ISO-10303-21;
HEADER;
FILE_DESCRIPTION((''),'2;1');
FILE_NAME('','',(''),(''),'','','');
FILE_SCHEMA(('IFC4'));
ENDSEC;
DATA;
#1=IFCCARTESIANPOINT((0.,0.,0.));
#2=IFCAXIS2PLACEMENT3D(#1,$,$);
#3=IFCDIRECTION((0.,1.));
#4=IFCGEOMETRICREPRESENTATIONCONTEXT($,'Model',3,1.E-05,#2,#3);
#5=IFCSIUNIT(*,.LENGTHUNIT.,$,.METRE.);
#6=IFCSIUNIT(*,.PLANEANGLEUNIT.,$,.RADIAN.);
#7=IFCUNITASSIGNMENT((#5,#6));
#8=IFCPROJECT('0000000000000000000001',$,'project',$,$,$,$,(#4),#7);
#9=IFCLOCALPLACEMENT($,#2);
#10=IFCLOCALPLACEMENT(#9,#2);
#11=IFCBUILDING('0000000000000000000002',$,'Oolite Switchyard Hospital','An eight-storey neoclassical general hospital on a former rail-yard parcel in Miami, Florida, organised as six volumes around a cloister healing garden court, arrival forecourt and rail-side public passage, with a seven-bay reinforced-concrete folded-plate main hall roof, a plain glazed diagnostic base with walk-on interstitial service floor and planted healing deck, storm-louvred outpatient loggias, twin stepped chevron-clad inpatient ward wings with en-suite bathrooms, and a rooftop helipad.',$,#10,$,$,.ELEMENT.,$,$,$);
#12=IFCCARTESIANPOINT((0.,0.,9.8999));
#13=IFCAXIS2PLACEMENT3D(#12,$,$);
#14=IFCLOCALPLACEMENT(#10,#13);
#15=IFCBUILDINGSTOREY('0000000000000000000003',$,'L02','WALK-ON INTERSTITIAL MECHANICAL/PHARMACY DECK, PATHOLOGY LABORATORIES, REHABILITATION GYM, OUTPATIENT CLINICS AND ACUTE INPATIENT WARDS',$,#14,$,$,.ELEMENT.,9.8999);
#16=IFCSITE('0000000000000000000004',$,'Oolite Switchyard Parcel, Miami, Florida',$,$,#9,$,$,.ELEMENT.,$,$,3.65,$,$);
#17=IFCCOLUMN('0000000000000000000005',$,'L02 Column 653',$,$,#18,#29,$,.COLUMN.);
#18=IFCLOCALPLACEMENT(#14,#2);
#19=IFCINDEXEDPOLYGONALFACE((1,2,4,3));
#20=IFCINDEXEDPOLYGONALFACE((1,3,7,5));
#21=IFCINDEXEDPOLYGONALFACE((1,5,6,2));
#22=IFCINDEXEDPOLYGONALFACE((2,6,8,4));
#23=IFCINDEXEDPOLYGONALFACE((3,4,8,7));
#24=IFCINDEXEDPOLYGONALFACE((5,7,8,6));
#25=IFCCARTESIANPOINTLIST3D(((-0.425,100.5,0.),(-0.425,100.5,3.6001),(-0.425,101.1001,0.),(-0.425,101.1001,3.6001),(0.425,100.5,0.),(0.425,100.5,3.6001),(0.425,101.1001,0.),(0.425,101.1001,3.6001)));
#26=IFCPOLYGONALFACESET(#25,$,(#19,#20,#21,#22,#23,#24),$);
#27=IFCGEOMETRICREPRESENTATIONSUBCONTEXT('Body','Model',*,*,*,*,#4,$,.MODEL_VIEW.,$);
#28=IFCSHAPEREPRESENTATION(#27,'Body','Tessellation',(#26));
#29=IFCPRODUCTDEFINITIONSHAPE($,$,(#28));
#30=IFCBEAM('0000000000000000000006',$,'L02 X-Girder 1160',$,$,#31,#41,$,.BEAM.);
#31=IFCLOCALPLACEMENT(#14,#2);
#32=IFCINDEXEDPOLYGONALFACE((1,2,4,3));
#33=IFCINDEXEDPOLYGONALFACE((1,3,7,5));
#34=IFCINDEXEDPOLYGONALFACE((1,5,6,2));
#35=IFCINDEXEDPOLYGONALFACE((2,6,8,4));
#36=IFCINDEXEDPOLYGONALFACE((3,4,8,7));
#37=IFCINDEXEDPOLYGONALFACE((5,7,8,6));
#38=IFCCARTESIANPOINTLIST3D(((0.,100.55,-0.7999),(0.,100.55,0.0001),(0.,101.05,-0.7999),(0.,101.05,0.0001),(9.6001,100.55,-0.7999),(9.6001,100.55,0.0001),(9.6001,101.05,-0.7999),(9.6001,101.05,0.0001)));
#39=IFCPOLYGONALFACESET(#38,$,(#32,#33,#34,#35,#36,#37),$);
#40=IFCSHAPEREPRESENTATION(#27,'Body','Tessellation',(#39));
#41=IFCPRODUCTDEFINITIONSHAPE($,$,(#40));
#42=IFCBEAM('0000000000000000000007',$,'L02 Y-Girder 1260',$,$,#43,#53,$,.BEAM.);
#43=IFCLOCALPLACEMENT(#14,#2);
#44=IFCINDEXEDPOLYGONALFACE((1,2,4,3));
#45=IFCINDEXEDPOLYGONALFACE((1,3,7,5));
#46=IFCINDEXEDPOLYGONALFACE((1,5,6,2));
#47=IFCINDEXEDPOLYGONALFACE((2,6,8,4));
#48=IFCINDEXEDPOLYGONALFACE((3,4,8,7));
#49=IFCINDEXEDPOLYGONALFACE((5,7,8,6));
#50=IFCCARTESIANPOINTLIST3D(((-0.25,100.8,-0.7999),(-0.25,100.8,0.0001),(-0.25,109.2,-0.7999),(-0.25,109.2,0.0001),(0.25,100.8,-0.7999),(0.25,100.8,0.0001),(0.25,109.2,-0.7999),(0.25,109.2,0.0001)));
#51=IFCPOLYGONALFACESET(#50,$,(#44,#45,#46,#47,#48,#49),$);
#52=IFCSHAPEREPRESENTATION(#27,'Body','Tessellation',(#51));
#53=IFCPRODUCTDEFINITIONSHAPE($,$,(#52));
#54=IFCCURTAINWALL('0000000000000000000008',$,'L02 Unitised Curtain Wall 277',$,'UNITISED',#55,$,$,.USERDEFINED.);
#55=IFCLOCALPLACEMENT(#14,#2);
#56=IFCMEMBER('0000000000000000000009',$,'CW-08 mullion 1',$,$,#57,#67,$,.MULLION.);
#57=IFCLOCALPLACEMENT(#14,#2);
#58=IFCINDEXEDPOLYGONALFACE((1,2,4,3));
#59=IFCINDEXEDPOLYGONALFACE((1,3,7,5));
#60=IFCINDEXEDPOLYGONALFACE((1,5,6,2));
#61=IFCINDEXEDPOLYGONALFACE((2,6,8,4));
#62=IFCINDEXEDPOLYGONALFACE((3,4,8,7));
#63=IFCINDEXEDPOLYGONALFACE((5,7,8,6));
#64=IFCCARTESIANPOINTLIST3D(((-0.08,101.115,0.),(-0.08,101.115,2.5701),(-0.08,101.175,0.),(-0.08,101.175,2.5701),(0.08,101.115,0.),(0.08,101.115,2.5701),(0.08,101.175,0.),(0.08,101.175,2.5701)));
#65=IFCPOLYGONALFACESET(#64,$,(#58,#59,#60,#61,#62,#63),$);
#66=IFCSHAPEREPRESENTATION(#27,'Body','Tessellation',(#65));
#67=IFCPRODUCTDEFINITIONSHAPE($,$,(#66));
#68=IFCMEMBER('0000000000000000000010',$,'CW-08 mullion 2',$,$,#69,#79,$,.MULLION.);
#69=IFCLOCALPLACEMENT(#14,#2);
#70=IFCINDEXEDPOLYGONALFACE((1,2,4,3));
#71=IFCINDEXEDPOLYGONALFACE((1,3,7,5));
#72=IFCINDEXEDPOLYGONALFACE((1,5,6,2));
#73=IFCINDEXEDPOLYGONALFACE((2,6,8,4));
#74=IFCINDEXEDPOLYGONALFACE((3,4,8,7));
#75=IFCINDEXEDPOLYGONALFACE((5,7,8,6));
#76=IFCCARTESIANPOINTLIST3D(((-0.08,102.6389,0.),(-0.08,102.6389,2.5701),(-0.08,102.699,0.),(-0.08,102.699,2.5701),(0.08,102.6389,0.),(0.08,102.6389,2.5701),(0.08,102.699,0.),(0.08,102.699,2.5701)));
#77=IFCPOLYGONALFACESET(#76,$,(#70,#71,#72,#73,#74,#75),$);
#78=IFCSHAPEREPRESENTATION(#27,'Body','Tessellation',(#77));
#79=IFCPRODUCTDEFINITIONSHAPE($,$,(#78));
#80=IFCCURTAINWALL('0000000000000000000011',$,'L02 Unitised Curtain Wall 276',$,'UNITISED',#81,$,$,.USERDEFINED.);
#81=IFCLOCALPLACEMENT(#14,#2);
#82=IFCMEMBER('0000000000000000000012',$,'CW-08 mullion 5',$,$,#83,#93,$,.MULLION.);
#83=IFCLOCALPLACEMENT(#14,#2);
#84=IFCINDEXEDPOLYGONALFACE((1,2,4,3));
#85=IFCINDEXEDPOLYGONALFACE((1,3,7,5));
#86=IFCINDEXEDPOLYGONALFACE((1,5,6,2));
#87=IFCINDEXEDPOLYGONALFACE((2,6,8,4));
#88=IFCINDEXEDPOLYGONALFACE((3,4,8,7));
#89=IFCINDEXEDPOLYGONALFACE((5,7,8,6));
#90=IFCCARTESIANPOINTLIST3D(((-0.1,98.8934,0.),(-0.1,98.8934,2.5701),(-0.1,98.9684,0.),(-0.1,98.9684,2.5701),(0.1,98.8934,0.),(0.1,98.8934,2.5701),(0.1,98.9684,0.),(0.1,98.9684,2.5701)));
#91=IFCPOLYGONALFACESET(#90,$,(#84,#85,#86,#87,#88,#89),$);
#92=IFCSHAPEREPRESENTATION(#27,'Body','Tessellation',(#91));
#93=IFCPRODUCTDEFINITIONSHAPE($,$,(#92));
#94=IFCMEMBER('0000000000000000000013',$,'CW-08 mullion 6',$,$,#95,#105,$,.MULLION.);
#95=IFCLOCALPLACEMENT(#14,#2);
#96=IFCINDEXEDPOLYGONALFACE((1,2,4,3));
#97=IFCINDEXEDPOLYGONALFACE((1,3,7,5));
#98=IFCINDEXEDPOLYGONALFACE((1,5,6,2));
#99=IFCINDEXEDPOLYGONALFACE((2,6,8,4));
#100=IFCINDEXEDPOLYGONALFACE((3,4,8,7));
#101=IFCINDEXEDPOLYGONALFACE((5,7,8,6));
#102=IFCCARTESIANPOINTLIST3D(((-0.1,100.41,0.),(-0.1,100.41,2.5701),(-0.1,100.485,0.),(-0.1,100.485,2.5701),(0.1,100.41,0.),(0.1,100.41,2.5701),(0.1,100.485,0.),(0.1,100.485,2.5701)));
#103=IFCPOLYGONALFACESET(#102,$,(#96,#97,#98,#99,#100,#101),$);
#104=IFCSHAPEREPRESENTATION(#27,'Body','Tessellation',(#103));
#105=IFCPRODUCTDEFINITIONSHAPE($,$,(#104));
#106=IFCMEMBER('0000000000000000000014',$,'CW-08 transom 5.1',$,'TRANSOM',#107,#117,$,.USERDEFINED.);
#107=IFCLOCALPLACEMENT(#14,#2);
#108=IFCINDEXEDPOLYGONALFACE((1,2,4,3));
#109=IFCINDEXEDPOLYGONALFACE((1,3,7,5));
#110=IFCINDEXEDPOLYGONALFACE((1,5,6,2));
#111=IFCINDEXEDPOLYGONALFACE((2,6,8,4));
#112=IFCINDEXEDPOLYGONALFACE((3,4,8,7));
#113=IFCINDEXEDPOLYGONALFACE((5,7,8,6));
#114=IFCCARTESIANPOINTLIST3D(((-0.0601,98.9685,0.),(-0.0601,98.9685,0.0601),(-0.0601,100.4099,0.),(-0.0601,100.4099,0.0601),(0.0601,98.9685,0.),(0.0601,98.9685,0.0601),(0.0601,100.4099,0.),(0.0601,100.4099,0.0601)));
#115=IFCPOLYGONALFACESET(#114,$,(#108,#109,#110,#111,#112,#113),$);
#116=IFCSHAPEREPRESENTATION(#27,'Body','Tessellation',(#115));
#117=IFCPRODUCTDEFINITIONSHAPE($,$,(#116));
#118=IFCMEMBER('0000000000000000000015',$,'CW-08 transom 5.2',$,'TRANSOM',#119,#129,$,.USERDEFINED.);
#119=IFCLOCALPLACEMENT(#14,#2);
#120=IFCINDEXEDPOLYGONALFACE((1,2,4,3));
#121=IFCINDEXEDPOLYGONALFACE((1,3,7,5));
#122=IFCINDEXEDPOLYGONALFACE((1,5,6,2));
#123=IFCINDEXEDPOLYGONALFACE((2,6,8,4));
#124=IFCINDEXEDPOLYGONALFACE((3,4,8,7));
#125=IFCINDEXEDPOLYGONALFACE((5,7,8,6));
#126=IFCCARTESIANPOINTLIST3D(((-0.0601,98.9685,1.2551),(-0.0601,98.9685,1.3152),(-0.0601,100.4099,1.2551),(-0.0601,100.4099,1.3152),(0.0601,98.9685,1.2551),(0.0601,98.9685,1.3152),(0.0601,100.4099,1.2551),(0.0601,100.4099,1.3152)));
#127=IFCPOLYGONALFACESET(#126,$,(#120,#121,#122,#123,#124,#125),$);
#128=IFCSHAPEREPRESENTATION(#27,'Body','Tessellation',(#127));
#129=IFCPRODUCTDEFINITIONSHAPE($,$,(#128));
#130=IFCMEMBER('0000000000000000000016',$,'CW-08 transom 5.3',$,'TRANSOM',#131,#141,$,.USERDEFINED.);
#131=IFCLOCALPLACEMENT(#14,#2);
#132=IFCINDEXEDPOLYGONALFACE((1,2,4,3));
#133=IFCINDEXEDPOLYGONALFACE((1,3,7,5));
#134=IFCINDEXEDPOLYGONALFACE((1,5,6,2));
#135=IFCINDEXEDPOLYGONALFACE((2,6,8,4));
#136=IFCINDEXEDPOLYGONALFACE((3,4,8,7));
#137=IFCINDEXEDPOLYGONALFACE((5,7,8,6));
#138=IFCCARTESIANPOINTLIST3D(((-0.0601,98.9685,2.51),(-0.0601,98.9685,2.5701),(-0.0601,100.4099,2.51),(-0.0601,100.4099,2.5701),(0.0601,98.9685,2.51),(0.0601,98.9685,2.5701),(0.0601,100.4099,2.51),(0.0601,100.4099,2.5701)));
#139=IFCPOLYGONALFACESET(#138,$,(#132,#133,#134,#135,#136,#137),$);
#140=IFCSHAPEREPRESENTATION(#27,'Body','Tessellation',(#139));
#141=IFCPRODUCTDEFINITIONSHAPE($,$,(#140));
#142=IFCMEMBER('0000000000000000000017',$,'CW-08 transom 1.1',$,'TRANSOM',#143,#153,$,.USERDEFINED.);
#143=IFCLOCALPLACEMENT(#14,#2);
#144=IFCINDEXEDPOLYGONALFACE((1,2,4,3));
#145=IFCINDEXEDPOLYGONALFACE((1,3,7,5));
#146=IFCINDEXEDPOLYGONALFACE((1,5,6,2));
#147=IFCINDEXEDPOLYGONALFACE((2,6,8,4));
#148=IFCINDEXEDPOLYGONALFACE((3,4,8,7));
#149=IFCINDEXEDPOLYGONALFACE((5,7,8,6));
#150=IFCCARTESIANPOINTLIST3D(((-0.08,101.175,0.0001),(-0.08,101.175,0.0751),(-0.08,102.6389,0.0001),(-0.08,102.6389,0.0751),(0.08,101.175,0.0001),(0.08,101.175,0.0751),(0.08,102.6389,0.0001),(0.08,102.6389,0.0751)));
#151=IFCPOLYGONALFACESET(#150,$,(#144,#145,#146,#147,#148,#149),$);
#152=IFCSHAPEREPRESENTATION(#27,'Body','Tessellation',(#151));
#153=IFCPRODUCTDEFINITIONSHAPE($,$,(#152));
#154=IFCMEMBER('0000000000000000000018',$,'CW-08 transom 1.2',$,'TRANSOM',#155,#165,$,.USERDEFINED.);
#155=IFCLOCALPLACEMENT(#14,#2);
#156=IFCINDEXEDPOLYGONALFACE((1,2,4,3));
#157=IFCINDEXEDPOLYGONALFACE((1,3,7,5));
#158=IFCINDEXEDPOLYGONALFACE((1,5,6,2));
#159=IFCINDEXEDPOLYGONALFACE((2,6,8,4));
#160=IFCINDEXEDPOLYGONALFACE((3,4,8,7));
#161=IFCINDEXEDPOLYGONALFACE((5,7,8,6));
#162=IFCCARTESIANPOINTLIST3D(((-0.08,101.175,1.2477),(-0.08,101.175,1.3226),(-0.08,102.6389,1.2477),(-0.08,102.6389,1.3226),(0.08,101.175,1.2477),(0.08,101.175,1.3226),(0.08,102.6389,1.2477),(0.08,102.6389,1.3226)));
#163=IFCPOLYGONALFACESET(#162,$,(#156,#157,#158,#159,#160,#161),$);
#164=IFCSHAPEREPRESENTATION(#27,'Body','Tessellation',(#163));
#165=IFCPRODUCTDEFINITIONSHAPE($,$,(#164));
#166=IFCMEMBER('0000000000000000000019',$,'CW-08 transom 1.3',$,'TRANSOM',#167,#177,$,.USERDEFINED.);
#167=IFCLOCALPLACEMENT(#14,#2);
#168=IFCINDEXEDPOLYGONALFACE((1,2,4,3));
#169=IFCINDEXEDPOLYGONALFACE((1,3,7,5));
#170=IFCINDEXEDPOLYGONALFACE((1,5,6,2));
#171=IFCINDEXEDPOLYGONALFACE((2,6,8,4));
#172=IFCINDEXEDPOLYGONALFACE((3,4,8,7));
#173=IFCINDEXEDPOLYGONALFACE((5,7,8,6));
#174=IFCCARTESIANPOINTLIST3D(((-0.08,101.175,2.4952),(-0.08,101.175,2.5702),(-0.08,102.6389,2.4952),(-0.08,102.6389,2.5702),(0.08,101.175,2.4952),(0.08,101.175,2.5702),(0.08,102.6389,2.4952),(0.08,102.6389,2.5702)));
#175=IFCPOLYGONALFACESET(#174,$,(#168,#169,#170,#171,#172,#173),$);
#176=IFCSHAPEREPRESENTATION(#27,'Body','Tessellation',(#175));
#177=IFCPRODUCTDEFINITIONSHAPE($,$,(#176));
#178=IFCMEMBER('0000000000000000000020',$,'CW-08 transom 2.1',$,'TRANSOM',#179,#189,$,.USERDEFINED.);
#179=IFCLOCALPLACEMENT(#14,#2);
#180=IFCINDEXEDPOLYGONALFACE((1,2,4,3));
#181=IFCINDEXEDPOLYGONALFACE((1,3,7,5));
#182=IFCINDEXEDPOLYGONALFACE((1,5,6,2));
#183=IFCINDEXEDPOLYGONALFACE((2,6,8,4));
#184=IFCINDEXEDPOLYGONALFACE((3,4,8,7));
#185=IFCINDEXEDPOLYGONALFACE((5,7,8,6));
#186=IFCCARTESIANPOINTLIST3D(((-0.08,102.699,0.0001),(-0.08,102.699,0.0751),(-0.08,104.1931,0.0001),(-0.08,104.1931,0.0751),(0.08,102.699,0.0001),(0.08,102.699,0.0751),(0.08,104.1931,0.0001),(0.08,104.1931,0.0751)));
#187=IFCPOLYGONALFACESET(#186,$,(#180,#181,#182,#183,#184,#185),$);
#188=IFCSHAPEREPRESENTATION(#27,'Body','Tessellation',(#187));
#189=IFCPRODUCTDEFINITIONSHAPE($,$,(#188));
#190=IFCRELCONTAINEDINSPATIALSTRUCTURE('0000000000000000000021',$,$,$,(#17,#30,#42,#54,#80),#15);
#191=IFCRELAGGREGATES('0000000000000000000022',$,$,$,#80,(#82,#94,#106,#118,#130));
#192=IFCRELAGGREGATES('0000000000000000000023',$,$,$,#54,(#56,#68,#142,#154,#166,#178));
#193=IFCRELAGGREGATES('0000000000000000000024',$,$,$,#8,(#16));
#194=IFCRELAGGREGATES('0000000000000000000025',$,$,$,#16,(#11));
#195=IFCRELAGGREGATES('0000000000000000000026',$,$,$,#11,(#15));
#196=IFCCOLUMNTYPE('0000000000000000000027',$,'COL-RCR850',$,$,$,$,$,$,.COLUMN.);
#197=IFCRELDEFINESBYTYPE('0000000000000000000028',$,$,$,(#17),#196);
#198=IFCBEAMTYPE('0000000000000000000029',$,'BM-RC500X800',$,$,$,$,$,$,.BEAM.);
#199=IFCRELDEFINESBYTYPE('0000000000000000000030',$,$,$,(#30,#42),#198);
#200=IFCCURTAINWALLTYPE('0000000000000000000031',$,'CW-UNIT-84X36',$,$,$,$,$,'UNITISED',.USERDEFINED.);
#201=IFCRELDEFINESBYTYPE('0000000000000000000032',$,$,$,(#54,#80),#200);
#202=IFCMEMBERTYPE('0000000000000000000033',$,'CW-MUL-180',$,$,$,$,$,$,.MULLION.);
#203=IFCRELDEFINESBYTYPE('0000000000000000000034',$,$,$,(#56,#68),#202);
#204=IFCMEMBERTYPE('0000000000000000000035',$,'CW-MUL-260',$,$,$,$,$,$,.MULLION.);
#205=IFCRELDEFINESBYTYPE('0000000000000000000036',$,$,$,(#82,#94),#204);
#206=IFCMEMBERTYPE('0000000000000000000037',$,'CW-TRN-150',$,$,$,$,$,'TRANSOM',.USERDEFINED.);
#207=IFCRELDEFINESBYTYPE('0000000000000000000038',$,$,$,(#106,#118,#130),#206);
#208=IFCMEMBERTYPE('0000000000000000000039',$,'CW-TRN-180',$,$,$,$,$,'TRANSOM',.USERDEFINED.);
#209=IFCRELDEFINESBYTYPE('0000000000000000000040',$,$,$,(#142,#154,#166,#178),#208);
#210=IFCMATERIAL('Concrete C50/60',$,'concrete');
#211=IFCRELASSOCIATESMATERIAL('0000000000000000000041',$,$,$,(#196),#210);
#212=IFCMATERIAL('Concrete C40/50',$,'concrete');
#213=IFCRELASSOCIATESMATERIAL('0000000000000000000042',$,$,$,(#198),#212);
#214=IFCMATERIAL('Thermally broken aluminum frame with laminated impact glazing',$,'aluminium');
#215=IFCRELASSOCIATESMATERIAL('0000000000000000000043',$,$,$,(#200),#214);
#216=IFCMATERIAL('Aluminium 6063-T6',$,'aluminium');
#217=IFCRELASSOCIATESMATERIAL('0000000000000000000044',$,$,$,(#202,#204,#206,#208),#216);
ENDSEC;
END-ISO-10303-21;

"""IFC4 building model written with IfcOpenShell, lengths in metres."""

from ifc_helpers import new_model, si_unit, direction, frame, origin, origin_2d, place, context, subcontext, project, spatial, rectangle, extrude, material, material_profile, profile_set, type_object, element, aggregate, save


model = new_model("IFC4")

# Units and contexts
model_context = context("Model", 3, precision=1e-05, world=origin(), true_north=direction((0.0, 1.0)))
body_context = subcontext(model_context, "Body", "Model", "MODEL_VIEW")
ifc_project = project(units=[si_unit("LENGTHUNIT", "METRE"), si_unit("PLANEANGLEUNIT", "RADIAN")], contexts=[model_context])

# Site, building, storey
site_placement = place(None, origin())
site = spatial("IfcSite", under=ifc_project, at=site_placement, Name="Oolite Switchyard Parcel, Miami, Florida", CompositionType="ELEMENT", RefElevation=3.65)
building_placement = place(site_placement, origin())
building = spatial("IfcBuilding", under=site, at=building_placement, Name="Oolite Switchyard Hospital", Description="An eight-storey neoclassical general hospital on a former rail-yard parcel in Miami, Florida, organised as six volumes around a cloister healing garden court, arrival forecourt and rail-side public passage, with a seven-bay reinforced-concrete folded-plate main hall roof, a plain glazed diagnostic base with walk-on interstitial service floor and planted healing deck, storm-louvred outpatient loggias, twin stepped chevron-clad inpatient ward wings with en-suite bathrooms, and a rooftop helipad.", CompositionType="ELEMENT")
storey_placement = place(building_placement, frame((0.0, 0.0, 9.8999)))
storey = spatial("IfcBuildingStorey", under=building, at=storey_placement, Name="L02", Description="WALK-ON INTERSTITIAL MECHANICAL/PHARMACY DECK, PATHOLOGY LABORATORIES, REHABILITATION GYM, OUTPATIENT CLINICS AND ACUTE INPATIENT WARDS", CompositionType="ELEMENT", Elevation=9.8999)

# Column
ifc_material_1 = material(Name="Concrete C50/60", Category="concrete")
ifc_material_profile_1 = material_profile(ifc_material_1, rectangle(XDim=0.8501, YDim=0.6001, at=origin_2d()), Name="RC850X600")
ifc_profile_set_1 = profile_set([ifc_material_profile_1], Name="Concrete C50/60")
column_type = type_object("IfcColumnType", Name="COL-RCR850", PredefinedType="COLUMN", material=ifc_profile_set_1)
column_placement = place(storey_placement, frame((0.0, 100.8, 0.0), z_axis=(0.0, 0.0, 1.0), x_axis=(1.0, 0.0, 0.0)))
element("IfcColumn", 1, at=column_placement, inside=storey, type_object=column_type, Name="L02 Column 653", PredefinedType="COLUMN", context=body_context, shape_type="SweptSolid", body=[
    extrude(rectangle(XDim=0.8501, YDim=0.6001, at=origin_2d()), origin(), (0.0, 0.0, 1.0), 3.6001),
])

# Beams
ifc_material_2 = material(Name="Concrete C40/50", Category="concrete")
ifc_material_profile_2 = material_profile(ifc_material_2, rectangle(XDim=0.5, YDim=0.8, at=origin_2d()), Name="RCB500X800")
ifc_profile_set_2 = profile_set([ifc_material_profile_2], Name="Concrete C40/50")
beam_type = type_object("IfcBeamType", Name="BM-RC500X800", PredefinedType="BEAM", material=ifc_profile_set_2)
beam_1_placement = place(storey_placement, frame((0.0, 100.8, -0.3999), z_axis=(1.0, 0.0, 0.0), x_axis=(0.0, 1.0, 0.0)))
element("IfcBeam", 2, at=beam_1_placement, inside=storey, type_object=beam_type, Name="L02 X-Girder 1160", PredefinedType="BEAM", context=body_context, shape_type="SweptSolid", body=[
    extrude(rectangle(XDim=0.5, YDim=0.8, at=origin_2d()), origin(), (0.0, 0.0, 1.0), 9.6001),
])
beam_2_placement = place(storey_placement, frame((0.0, 100.8, -0.3999), z_axis=(0.0, 1.0, 0.0), x_axis=(-1.0, 0.0, 0.0)))
element("IfcBeam", 3, at=beam_2_placement, inside=storey, type_object=beam_type, Name="L02 Y-Girder 1260", PredefinedType="BEAM", context=body_context, shape_type="SweptSolid", body=[
    extrude(rectangle(XDim=0.5, YDim=0.8, at=origin_2d()), origin(), (0.0, 0.0, 1.0), 8.3999),
])

# Curtain walls, members
ifc_material_3 = material(Name="Thermally broken aluminum frame with laminated impact glazing", Category="aluminium")
curtain_wall_type = type_object("IfcCurtainWallType", Name="CW-UNIT-84X36", ElementType="UNITISED", PredefinedType="USERDEFINED", material=ifc_material_3)
curtain_wall_1_placement = place(storey_placement, origin())
curtain_wall_1 = element("IfcCurtainWall", 4, at=curtain_wall_1_placement, inside=storey, type_object=curtain_wall_type, Name="L02 Unitised Curtain Wall 277", ObjectType="UNITISED", PredefinedType="USERDEFINED")
ifc_material_4 = material(Name="Aluminium 6063-T6", Category="aluminium")
ifc_material_profile_3 = material_profile(ifc_material_4, rectangle(XDim=0.1599, YDim=0.0601, at=origin_2d()), Name="CWM60X160")
ifc_profile_set_3 = profile_set([ifc_material_profile_3], Name="Aluminium 6063-T6")
member_type_1 = type_object("IfcMemberType", Name="CW-MUL-180", PredefinedType="MULLION", material=ifc_profile_set_3)
member_1_placement = place(storey_placement, frame((0.0, 101.145, 0.0), z_axis=(0.0, 0.0, 1.0), x_axis=(-1.0, 0.0, 0.0)))
member_1 = element("IfcMember", 5, at=member_1_placement, type_object=member_type_1, Name="CW-08 mullion 1", PredefinedType="MULLION", context=body_context, shape_type="SweptSolid", body=[
    extrude(rectangle(XDim=0.1599, YDim=0.0601, at=origin_2d()), origin(), (0.0, 0.0, 1.0), 2.5701),
])
member_2_placement = place(storey_placement, frame((0.0, 102.6689, 0.0), z_axis=(0.0, 0.0, 1.0), x_axis=(-1.0, 0.0, 0.0)))
member_2 = element("IfcMember", 6, at=member_2_placement, type_object=member_type_1, Name="CW-08 mullion 2", PredefinedType="MULLION", context=body_context, shape_type="SweptSolid", body=[
    extrude(rectangle(XDim=0.1599, YDim=0.0601, at=origin_2d()), origin(), (0.0, 0.0, 1.0), 2.5701),
])
curtain_wall_2_placement = place(storey_placement, origin())
curtain_wall_2 = element("IfcCurtainWall", 7, at=curtain_wall_2_placement, inside=storey, type_object=curtain_wall_type, Name="L02 Unitised Curtain Wall 276", ObjectType="UNITISED", PredefinedType="USERDEFINED")
ifc_material_profile_4 = material_profile(ifc_material_4, rectangle(XDim=0.2, YDim=0.075, at=origin_2d()), Name="CWM75X200")
ifc_profile_set_4 = profile_set([ifc_material_profile_4], Name="Aluminium 6063-T6")
member_type_2 = type_object("IfcMemberType", Name="CW-MUL-260", PredefinedType="MULLION", material=ifc_profile_set_4)
member_3_placement = place(storey_placement, frame((0.0, 98.9309, 0.0), z_axis=(0.0, 0.0, 1.0), x_axis=(-1.0, 0.0, 0.0)))
member_3 = element("IfcMember", 8, at=member_3_placement, type_object=member_type_2, Name="CW-08 mullion 5", PredefinedType="MULLION", context=body_context, shape_type="SweptSolid", body=[
    extrude(rectangle(XDim=0.2, YDim=0.075, at=origin_2d()), origin(), (0.0, 0.0, 1.0), 2.5701),
])
member_4_placement = place(storey_placement, frame((0.0, 100.4475, 0.0), z_axis=(0.0, 0.0, 1.0), x_axis=(-1.0, 0.0, 0.0)))
member_4 = element("IfcMember", 9, at=member_4_placement, type_object=member_type_2, Name="CW-08 mullion 6", PredefinedType="MULLION", context=body_context, shape_type="SweptSolid", body=[
    extrude(rectangle(XDim=0.2, YDim=0.075, at=origin_2d()), origin(), (0.0, 0.0, 1.0), 2.5701),
])
ifc_material_profile_5 = material_profile(ifc_material_4, rectangle(XDim=0.1201, YDim=0.0601, at=origin_2d()), Name="CWT60X120")
ifc_profile_set_5 = profile_set([ifc_material_profile_5], Name="Aluminium 6063-T6")
member_type_3 = type_object("IfcMemberType", Name="CW-TRN-150", ElementType="TRANSOM", PredefinedType="USERDEFINED", material=ifc_profile_set_5)
member_5_placement = place(storey_placement, frame((0.0, 98.9685, 0.03), z_axis=(0.0, 1.0, 0.0), x_axis=(-1.0, 0.0, 0.0)))
member_5 = element("IfcMember", 10, at=member_5_placement, type_object=member_type_3, Name="CW-08 transom 5.1", ObjectType="TRANSOM", PredefinedType="USERDEFINED", context=body_context, shape_type="SweptSolid", body=[
    extrude(rectangle(XDim=0.1201, YDim=0.0601, at=origin_2d()), origin(), (0.0, 0.0, 1.0), 1.4414),
])
member_6_placement = place(storey_placement, frame((0.0, 98.9685, 1.2852), z_axis=(0.0, 1.0, 0.0), x_axis=(-1.0, 0.0, 0.0)))
member_6 = element("IfcMember", 11, at=member_6_placement, type_object=member_type_3, Name="CW-08 transom 5.2", ObjectType="TRANSOM", PredefinedType="USERDEFINED", context=body_context, shape_type="SweptSolid", body=[
    extrude(rectangle(XDim=0.1201, YDim=0.0601, at=origin_2d()), origin(), (0.0, 0.0, 1.0), 1.4414),
])
member_7_placement = place(storey_placement, frame((0.0, 98.9685, 2.54), z_axis=(0.0, 1.0, 0.0), x_axis=(-1.0, 0.0, 0.0)))
member_7 = element("IfcMember", 12, at=member_7_placement, type_object=member_type_3, Name="CW-08 transom 5.3", ObjectType="TRANSOM", PredefinedType="USERDEFINED", context=body_context, shape_type="SweptSolid", body=[
    extrude(rectangle(XDim=0.1201, YDim=0.0601, at=origin_2d()), origin(), (0.0, 0.0, 1.0), 1.4414),
])

# Members
ifc_material_profile_6 = material_profile(ifc_material_4, rectangle(XDim=0.1599, YDim=0.075, at=origin_2d()), Name="CWT75X160")
ifc_profile_set_6 = profile_set([ifc_material_profile_6], Name="Aluminium 6063-T6")
member_type_4 = type_object("IfcMemberType", Name="CW-TRN-180", ElementType="TRANSOM", PredefinedType="USERDEFINED", material=ifc_profile_set_6)
member_8_placement = place(storey_placement, frame((0.0, 101.175, 0.0376), z_axis=(0.0, 1.0, 0.0), x_axis=(-1.0, 0.0, 0.0)))
member_8 = element("IfcMember", 13, at=member_8_placement, type_object=member_type_4, Name="CW-08 transom 1.1", ObjectType="TRANSOM", PredefinedType="USERDEFINED", context=body_context, shape_type="SweptSolid", body=[
    extrude(rectangle(XDim=0.1599, YDim=0.075, at=origin_2d()), origin(), (0.0, 0.0, 1.0), 1.4639),
])
member_9_placement = place(storey_placement, frame((0.0, 101.175, 1.2852), z_axis=(0.0, 1.0, 0.0), x_axis=(-1.0, 0.0, 0.0)))
member_9 = element("IfcMember", 14, at=member_9_placement, type_object=member_type_4, Name="CW-08 transom 1.2", ObjectType="TRANSOM", PredefinedType="USERDEFINED", context=body_context, shape_type="SweptSolid", body=[
    extrude(rectangle(XDim=0.1599, YDim=0.075, at=origin_2d()), origin(), (0.0, 0.0, 1.0), 1.4639),
])
member_10_placement = place(storey_placement, frame((0.0, 101.175, 2.5327), z_axis=(0.0, 1.0, 0.0), x_axis=(-1.0, 0.0, 0.0)))
member_10 = element("IfcMember", 15, at=member_10_placement, type_object=member_type_4, Name="CW-08 transom 1.3", ObjectType="TRANSOM", PredefinedType="USERDEFINED", context=body_context, shape_type="SweptSolid", body=[
    extrude(rectangle(XDim=0.1599, YDim=0.075, at=origin_2d()), origin(), (0.0, 0.0, 1.0), 1.4639),
])
member_11_placement = place(storey_placement, frame((0.0, 102.699, 0.0376), z_axis=(0.0, 1.0, 0.0), x_axis=(-1.0, 0.0, 0.0)))
member_11 = element("IfcMember", 16, at=member_11_placement, type_object=member_type_4, Name="CW-08 transom 2.1", ObjectType="TRANSOM", PredefinedType="USERDEFINED", context=body_context, shape_type="SweptSolid", body=[
    extrude(rectangle(XDim=0.1599, YDim=0.075, at=origin_2d()), origin(), (0.0, 0.0, 1.0), 1.4941),
])

aggregate(curtain_wall_2, [member_3, member_4, member_5, member_6, member_7])
aggregate(curtain_wall_1, [member_1, member_2, member_8, member_9, member_10, member_11])

save(model, "model.ifc")
